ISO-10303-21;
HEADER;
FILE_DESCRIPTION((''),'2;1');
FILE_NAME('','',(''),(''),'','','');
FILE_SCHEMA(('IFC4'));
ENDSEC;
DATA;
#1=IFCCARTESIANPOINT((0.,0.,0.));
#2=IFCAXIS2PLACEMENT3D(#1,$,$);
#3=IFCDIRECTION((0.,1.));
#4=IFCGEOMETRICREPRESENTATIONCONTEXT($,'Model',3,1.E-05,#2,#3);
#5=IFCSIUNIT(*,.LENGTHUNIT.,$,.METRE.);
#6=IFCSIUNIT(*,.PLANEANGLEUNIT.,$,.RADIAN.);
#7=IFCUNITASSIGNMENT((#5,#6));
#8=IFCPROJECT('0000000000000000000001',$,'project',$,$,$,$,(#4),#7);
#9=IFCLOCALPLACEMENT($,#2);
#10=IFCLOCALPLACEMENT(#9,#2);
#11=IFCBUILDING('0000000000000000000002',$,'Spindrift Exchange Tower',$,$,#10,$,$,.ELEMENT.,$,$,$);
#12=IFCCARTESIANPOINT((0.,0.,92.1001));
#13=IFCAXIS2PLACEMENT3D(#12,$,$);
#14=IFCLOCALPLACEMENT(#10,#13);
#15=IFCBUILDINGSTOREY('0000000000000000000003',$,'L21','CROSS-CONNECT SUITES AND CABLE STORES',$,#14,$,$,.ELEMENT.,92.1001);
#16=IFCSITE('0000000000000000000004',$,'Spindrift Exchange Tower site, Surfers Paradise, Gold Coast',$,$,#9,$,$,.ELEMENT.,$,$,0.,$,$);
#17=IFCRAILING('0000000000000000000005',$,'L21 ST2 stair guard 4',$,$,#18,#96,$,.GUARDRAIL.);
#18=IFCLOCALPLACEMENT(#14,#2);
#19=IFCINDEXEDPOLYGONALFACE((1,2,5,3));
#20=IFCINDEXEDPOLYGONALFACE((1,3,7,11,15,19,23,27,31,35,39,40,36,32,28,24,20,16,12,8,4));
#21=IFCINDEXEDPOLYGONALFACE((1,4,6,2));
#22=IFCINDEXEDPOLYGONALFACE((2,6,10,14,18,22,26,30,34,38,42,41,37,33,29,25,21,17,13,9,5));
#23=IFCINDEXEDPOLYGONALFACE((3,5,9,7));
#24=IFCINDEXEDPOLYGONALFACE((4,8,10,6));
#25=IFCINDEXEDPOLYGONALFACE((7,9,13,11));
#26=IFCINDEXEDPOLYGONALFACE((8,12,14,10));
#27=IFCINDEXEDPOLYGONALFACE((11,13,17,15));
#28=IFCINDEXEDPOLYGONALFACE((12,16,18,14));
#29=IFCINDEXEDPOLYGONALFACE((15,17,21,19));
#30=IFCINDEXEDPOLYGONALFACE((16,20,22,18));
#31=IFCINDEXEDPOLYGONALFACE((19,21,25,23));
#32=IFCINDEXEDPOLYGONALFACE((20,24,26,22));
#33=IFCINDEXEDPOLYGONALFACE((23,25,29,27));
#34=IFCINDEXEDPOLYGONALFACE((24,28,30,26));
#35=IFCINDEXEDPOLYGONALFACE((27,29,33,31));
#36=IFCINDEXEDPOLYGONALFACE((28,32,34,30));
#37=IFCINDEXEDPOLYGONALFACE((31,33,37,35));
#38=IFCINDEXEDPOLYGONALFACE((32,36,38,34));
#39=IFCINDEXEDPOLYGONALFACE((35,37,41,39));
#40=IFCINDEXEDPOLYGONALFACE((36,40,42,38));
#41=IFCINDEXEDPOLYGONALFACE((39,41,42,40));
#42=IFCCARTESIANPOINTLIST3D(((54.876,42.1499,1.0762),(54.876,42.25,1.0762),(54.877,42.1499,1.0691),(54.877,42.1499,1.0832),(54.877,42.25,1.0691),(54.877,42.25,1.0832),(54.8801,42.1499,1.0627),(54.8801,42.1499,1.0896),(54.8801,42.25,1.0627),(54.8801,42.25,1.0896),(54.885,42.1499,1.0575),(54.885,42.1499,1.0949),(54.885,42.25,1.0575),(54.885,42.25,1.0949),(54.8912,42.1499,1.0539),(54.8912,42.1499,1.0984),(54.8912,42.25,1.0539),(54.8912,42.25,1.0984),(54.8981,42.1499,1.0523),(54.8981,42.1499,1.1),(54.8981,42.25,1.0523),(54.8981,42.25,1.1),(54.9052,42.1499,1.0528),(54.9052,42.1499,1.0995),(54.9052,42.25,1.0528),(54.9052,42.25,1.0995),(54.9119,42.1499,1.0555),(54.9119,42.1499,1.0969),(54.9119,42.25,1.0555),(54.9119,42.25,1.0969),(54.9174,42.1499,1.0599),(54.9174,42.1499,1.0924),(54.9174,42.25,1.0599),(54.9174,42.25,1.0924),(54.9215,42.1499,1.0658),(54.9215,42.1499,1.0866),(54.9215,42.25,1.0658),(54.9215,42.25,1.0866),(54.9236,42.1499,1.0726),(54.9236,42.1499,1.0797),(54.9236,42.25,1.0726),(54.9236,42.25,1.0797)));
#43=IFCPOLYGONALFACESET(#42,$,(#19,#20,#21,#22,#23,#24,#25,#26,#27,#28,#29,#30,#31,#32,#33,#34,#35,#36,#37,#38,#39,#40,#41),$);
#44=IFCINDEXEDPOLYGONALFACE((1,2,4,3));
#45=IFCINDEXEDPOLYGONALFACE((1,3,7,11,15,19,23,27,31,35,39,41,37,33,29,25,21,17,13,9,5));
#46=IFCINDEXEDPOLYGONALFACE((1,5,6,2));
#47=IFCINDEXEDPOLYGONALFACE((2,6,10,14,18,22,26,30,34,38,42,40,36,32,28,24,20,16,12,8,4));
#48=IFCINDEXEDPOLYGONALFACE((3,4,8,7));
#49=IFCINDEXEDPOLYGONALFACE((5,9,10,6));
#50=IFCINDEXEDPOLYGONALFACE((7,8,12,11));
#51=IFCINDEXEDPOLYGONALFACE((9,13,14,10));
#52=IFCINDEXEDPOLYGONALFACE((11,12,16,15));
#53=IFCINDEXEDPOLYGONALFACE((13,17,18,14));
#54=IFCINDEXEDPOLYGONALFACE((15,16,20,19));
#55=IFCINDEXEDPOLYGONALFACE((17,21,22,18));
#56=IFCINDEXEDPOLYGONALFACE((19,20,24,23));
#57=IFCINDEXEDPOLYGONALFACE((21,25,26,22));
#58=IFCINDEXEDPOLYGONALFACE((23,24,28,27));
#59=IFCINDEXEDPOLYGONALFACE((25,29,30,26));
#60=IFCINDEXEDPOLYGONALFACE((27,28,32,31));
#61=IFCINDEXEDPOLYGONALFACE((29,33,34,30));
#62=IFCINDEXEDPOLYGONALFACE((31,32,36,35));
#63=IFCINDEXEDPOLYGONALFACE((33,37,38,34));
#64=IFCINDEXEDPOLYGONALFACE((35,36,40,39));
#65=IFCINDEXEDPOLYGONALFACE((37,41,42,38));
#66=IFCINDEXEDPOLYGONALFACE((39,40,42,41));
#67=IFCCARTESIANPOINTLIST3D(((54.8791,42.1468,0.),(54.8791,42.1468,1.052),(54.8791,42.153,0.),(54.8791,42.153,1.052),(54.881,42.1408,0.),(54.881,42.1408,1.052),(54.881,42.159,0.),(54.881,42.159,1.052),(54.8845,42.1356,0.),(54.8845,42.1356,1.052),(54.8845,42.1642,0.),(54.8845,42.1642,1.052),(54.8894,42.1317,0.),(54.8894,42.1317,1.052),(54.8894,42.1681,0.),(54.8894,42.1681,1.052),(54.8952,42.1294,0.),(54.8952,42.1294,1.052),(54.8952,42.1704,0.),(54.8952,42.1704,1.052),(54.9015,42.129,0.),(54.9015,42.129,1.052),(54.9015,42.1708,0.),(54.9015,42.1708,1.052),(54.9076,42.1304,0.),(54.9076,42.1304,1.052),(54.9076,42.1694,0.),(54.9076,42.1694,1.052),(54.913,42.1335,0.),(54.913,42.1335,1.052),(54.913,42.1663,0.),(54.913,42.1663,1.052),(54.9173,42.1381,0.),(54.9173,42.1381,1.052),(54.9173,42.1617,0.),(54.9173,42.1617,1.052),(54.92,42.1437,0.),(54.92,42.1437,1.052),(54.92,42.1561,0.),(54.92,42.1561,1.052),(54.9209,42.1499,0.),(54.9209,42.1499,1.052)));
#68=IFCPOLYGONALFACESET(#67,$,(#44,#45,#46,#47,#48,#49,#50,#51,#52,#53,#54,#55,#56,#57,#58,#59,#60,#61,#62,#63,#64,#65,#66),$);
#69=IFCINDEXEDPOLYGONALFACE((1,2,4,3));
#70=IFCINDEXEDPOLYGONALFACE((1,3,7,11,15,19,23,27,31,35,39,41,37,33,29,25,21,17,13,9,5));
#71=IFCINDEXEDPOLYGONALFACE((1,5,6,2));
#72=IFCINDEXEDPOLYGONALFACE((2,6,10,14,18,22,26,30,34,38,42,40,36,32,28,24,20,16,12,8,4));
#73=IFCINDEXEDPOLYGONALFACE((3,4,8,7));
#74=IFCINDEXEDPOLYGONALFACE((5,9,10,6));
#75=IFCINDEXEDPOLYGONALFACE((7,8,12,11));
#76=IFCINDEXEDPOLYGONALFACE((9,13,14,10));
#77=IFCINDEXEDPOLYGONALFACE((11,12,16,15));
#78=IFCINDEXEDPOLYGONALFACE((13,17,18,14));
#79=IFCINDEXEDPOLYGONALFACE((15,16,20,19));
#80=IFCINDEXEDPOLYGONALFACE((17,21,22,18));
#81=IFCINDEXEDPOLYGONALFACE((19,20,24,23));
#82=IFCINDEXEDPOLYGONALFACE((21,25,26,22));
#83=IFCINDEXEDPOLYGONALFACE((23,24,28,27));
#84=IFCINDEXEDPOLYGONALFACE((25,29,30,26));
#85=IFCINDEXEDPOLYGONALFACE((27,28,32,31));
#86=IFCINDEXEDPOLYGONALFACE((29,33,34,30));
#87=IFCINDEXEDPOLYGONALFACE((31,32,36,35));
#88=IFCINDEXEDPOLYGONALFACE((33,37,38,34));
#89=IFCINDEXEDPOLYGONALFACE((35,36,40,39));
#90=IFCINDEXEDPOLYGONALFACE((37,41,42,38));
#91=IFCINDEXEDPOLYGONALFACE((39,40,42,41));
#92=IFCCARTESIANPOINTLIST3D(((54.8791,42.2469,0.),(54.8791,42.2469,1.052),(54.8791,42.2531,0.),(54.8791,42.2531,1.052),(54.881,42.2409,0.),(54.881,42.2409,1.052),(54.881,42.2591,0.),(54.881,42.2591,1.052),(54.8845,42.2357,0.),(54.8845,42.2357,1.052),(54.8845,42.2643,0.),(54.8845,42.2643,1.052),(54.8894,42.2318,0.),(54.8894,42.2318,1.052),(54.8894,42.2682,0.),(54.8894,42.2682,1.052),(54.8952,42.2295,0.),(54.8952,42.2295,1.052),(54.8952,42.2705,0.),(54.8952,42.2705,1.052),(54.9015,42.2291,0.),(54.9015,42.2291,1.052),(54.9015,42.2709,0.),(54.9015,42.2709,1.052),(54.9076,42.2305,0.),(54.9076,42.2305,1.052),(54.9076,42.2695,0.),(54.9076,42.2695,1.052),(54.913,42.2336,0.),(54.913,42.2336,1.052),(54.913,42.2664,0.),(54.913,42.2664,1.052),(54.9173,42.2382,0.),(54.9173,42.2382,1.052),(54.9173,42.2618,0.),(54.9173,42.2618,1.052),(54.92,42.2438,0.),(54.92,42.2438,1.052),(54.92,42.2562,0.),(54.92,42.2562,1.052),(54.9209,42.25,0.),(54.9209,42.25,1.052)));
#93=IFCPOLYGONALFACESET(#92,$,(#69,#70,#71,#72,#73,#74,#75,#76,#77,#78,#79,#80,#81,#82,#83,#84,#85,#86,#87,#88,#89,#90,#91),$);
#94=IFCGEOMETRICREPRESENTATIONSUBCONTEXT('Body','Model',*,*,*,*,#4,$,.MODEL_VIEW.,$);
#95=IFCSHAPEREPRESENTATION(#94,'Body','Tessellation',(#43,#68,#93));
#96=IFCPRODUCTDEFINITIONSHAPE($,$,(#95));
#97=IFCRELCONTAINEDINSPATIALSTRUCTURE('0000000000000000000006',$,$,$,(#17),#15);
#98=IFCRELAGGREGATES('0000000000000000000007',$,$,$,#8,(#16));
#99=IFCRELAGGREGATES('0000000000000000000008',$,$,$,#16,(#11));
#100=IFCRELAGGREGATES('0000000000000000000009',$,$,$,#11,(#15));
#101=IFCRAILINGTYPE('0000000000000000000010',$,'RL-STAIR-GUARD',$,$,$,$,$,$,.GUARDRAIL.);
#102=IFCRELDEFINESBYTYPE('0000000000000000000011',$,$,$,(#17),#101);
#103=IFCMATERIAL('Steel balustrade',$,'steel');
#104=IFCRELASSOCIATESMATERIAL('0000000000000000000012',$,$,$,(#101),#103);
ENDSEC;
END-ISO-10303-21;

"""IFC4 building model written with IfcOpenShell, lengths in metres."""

from ifc_helpers import new_model, si_unit, direction, frame, origin, origin_2d, place, context, subcontext, project, spatial, circle, extrude, material, type_object, element, save


model = new_model("IFC4")

# Units and contexts
model_context = context("Model", 3, precision=1e-05, world=origin(), true_north=direction((0.0, 1.0)))
body_context = subcontext(model_context, "Body", "Model", "MODEL_VIEW")
ifc_project = project(units=[si_unit("LENGTHUNIT", "METRE"), si_unit("PLANEANGLEUNIT", "RADIAN")], contexts=[model_context])

# Site, building, storey
site_placement = place(None, origin())
site = spatial("IfcSite", under=ifc_project, at=site_placement, Name="Spindrift Exchange Tower site, Surfers Paradise, Gold Coast", CompositionType="ELEMENT", RefElevation=0.0)
building_placement = place(site_placement, origin())
building = spatial("IfcBuilding", under=site, at=building_placement, Name="Spindrift Exchange Tower", CompositionType="ELEMENT")
storey_placement = place(building_placement, frame((0.0, 0.0, 92.1001)))
storey = spatial("IfcBuildingStorey", under=building, at=storey_placement, Name="L21", Description="CROSS-CONNECT SUITES AND CABLE STORES", CompositionType="ELEMENT", Elevation=92.1001)

# Railing
ifc_material_1 = material(Name="Steel balustrade", Category="steel")
railing_type_1 = type_object("IfcRailingType", Name="RL-STAIR-GUARD", PredefinedType="GUARDRAIL", material=ifc_material_1)
railing_1_placement = place(storey_placement, frame((54.8999, 42.1499, 0.0)))
element("IfcRailing", 1, at=railing_1_placement, inside=storey, type_object=railing_type_1, Name="L21 ST2 stair guard 4", PredefinedType="GUARDRAIL", context=body_context, shape_type="SweptSolid", body=[
    extrude(circle(Radius=0.0239, at=origin_2d()), frame((0.0, 0.0, 1.0762), z_axis=(0.0, 1.0, 0.0), x_axis=(-1.0, 0.0, 0.0)), (0.0, 0.0, 1.0), 0.1001),
    extrude(circle(Radius=0.021, at=origin_2d()), origin(), (0.0, 0.0, 1.0), 1.052),
    extrude(circle(Radius=0.021, at=origin_2d()), frame((0.0, 0.1001, 0.0)), (0.0, 0.0, 1.0), 1.052),
])

save(model, "model.ifc")
